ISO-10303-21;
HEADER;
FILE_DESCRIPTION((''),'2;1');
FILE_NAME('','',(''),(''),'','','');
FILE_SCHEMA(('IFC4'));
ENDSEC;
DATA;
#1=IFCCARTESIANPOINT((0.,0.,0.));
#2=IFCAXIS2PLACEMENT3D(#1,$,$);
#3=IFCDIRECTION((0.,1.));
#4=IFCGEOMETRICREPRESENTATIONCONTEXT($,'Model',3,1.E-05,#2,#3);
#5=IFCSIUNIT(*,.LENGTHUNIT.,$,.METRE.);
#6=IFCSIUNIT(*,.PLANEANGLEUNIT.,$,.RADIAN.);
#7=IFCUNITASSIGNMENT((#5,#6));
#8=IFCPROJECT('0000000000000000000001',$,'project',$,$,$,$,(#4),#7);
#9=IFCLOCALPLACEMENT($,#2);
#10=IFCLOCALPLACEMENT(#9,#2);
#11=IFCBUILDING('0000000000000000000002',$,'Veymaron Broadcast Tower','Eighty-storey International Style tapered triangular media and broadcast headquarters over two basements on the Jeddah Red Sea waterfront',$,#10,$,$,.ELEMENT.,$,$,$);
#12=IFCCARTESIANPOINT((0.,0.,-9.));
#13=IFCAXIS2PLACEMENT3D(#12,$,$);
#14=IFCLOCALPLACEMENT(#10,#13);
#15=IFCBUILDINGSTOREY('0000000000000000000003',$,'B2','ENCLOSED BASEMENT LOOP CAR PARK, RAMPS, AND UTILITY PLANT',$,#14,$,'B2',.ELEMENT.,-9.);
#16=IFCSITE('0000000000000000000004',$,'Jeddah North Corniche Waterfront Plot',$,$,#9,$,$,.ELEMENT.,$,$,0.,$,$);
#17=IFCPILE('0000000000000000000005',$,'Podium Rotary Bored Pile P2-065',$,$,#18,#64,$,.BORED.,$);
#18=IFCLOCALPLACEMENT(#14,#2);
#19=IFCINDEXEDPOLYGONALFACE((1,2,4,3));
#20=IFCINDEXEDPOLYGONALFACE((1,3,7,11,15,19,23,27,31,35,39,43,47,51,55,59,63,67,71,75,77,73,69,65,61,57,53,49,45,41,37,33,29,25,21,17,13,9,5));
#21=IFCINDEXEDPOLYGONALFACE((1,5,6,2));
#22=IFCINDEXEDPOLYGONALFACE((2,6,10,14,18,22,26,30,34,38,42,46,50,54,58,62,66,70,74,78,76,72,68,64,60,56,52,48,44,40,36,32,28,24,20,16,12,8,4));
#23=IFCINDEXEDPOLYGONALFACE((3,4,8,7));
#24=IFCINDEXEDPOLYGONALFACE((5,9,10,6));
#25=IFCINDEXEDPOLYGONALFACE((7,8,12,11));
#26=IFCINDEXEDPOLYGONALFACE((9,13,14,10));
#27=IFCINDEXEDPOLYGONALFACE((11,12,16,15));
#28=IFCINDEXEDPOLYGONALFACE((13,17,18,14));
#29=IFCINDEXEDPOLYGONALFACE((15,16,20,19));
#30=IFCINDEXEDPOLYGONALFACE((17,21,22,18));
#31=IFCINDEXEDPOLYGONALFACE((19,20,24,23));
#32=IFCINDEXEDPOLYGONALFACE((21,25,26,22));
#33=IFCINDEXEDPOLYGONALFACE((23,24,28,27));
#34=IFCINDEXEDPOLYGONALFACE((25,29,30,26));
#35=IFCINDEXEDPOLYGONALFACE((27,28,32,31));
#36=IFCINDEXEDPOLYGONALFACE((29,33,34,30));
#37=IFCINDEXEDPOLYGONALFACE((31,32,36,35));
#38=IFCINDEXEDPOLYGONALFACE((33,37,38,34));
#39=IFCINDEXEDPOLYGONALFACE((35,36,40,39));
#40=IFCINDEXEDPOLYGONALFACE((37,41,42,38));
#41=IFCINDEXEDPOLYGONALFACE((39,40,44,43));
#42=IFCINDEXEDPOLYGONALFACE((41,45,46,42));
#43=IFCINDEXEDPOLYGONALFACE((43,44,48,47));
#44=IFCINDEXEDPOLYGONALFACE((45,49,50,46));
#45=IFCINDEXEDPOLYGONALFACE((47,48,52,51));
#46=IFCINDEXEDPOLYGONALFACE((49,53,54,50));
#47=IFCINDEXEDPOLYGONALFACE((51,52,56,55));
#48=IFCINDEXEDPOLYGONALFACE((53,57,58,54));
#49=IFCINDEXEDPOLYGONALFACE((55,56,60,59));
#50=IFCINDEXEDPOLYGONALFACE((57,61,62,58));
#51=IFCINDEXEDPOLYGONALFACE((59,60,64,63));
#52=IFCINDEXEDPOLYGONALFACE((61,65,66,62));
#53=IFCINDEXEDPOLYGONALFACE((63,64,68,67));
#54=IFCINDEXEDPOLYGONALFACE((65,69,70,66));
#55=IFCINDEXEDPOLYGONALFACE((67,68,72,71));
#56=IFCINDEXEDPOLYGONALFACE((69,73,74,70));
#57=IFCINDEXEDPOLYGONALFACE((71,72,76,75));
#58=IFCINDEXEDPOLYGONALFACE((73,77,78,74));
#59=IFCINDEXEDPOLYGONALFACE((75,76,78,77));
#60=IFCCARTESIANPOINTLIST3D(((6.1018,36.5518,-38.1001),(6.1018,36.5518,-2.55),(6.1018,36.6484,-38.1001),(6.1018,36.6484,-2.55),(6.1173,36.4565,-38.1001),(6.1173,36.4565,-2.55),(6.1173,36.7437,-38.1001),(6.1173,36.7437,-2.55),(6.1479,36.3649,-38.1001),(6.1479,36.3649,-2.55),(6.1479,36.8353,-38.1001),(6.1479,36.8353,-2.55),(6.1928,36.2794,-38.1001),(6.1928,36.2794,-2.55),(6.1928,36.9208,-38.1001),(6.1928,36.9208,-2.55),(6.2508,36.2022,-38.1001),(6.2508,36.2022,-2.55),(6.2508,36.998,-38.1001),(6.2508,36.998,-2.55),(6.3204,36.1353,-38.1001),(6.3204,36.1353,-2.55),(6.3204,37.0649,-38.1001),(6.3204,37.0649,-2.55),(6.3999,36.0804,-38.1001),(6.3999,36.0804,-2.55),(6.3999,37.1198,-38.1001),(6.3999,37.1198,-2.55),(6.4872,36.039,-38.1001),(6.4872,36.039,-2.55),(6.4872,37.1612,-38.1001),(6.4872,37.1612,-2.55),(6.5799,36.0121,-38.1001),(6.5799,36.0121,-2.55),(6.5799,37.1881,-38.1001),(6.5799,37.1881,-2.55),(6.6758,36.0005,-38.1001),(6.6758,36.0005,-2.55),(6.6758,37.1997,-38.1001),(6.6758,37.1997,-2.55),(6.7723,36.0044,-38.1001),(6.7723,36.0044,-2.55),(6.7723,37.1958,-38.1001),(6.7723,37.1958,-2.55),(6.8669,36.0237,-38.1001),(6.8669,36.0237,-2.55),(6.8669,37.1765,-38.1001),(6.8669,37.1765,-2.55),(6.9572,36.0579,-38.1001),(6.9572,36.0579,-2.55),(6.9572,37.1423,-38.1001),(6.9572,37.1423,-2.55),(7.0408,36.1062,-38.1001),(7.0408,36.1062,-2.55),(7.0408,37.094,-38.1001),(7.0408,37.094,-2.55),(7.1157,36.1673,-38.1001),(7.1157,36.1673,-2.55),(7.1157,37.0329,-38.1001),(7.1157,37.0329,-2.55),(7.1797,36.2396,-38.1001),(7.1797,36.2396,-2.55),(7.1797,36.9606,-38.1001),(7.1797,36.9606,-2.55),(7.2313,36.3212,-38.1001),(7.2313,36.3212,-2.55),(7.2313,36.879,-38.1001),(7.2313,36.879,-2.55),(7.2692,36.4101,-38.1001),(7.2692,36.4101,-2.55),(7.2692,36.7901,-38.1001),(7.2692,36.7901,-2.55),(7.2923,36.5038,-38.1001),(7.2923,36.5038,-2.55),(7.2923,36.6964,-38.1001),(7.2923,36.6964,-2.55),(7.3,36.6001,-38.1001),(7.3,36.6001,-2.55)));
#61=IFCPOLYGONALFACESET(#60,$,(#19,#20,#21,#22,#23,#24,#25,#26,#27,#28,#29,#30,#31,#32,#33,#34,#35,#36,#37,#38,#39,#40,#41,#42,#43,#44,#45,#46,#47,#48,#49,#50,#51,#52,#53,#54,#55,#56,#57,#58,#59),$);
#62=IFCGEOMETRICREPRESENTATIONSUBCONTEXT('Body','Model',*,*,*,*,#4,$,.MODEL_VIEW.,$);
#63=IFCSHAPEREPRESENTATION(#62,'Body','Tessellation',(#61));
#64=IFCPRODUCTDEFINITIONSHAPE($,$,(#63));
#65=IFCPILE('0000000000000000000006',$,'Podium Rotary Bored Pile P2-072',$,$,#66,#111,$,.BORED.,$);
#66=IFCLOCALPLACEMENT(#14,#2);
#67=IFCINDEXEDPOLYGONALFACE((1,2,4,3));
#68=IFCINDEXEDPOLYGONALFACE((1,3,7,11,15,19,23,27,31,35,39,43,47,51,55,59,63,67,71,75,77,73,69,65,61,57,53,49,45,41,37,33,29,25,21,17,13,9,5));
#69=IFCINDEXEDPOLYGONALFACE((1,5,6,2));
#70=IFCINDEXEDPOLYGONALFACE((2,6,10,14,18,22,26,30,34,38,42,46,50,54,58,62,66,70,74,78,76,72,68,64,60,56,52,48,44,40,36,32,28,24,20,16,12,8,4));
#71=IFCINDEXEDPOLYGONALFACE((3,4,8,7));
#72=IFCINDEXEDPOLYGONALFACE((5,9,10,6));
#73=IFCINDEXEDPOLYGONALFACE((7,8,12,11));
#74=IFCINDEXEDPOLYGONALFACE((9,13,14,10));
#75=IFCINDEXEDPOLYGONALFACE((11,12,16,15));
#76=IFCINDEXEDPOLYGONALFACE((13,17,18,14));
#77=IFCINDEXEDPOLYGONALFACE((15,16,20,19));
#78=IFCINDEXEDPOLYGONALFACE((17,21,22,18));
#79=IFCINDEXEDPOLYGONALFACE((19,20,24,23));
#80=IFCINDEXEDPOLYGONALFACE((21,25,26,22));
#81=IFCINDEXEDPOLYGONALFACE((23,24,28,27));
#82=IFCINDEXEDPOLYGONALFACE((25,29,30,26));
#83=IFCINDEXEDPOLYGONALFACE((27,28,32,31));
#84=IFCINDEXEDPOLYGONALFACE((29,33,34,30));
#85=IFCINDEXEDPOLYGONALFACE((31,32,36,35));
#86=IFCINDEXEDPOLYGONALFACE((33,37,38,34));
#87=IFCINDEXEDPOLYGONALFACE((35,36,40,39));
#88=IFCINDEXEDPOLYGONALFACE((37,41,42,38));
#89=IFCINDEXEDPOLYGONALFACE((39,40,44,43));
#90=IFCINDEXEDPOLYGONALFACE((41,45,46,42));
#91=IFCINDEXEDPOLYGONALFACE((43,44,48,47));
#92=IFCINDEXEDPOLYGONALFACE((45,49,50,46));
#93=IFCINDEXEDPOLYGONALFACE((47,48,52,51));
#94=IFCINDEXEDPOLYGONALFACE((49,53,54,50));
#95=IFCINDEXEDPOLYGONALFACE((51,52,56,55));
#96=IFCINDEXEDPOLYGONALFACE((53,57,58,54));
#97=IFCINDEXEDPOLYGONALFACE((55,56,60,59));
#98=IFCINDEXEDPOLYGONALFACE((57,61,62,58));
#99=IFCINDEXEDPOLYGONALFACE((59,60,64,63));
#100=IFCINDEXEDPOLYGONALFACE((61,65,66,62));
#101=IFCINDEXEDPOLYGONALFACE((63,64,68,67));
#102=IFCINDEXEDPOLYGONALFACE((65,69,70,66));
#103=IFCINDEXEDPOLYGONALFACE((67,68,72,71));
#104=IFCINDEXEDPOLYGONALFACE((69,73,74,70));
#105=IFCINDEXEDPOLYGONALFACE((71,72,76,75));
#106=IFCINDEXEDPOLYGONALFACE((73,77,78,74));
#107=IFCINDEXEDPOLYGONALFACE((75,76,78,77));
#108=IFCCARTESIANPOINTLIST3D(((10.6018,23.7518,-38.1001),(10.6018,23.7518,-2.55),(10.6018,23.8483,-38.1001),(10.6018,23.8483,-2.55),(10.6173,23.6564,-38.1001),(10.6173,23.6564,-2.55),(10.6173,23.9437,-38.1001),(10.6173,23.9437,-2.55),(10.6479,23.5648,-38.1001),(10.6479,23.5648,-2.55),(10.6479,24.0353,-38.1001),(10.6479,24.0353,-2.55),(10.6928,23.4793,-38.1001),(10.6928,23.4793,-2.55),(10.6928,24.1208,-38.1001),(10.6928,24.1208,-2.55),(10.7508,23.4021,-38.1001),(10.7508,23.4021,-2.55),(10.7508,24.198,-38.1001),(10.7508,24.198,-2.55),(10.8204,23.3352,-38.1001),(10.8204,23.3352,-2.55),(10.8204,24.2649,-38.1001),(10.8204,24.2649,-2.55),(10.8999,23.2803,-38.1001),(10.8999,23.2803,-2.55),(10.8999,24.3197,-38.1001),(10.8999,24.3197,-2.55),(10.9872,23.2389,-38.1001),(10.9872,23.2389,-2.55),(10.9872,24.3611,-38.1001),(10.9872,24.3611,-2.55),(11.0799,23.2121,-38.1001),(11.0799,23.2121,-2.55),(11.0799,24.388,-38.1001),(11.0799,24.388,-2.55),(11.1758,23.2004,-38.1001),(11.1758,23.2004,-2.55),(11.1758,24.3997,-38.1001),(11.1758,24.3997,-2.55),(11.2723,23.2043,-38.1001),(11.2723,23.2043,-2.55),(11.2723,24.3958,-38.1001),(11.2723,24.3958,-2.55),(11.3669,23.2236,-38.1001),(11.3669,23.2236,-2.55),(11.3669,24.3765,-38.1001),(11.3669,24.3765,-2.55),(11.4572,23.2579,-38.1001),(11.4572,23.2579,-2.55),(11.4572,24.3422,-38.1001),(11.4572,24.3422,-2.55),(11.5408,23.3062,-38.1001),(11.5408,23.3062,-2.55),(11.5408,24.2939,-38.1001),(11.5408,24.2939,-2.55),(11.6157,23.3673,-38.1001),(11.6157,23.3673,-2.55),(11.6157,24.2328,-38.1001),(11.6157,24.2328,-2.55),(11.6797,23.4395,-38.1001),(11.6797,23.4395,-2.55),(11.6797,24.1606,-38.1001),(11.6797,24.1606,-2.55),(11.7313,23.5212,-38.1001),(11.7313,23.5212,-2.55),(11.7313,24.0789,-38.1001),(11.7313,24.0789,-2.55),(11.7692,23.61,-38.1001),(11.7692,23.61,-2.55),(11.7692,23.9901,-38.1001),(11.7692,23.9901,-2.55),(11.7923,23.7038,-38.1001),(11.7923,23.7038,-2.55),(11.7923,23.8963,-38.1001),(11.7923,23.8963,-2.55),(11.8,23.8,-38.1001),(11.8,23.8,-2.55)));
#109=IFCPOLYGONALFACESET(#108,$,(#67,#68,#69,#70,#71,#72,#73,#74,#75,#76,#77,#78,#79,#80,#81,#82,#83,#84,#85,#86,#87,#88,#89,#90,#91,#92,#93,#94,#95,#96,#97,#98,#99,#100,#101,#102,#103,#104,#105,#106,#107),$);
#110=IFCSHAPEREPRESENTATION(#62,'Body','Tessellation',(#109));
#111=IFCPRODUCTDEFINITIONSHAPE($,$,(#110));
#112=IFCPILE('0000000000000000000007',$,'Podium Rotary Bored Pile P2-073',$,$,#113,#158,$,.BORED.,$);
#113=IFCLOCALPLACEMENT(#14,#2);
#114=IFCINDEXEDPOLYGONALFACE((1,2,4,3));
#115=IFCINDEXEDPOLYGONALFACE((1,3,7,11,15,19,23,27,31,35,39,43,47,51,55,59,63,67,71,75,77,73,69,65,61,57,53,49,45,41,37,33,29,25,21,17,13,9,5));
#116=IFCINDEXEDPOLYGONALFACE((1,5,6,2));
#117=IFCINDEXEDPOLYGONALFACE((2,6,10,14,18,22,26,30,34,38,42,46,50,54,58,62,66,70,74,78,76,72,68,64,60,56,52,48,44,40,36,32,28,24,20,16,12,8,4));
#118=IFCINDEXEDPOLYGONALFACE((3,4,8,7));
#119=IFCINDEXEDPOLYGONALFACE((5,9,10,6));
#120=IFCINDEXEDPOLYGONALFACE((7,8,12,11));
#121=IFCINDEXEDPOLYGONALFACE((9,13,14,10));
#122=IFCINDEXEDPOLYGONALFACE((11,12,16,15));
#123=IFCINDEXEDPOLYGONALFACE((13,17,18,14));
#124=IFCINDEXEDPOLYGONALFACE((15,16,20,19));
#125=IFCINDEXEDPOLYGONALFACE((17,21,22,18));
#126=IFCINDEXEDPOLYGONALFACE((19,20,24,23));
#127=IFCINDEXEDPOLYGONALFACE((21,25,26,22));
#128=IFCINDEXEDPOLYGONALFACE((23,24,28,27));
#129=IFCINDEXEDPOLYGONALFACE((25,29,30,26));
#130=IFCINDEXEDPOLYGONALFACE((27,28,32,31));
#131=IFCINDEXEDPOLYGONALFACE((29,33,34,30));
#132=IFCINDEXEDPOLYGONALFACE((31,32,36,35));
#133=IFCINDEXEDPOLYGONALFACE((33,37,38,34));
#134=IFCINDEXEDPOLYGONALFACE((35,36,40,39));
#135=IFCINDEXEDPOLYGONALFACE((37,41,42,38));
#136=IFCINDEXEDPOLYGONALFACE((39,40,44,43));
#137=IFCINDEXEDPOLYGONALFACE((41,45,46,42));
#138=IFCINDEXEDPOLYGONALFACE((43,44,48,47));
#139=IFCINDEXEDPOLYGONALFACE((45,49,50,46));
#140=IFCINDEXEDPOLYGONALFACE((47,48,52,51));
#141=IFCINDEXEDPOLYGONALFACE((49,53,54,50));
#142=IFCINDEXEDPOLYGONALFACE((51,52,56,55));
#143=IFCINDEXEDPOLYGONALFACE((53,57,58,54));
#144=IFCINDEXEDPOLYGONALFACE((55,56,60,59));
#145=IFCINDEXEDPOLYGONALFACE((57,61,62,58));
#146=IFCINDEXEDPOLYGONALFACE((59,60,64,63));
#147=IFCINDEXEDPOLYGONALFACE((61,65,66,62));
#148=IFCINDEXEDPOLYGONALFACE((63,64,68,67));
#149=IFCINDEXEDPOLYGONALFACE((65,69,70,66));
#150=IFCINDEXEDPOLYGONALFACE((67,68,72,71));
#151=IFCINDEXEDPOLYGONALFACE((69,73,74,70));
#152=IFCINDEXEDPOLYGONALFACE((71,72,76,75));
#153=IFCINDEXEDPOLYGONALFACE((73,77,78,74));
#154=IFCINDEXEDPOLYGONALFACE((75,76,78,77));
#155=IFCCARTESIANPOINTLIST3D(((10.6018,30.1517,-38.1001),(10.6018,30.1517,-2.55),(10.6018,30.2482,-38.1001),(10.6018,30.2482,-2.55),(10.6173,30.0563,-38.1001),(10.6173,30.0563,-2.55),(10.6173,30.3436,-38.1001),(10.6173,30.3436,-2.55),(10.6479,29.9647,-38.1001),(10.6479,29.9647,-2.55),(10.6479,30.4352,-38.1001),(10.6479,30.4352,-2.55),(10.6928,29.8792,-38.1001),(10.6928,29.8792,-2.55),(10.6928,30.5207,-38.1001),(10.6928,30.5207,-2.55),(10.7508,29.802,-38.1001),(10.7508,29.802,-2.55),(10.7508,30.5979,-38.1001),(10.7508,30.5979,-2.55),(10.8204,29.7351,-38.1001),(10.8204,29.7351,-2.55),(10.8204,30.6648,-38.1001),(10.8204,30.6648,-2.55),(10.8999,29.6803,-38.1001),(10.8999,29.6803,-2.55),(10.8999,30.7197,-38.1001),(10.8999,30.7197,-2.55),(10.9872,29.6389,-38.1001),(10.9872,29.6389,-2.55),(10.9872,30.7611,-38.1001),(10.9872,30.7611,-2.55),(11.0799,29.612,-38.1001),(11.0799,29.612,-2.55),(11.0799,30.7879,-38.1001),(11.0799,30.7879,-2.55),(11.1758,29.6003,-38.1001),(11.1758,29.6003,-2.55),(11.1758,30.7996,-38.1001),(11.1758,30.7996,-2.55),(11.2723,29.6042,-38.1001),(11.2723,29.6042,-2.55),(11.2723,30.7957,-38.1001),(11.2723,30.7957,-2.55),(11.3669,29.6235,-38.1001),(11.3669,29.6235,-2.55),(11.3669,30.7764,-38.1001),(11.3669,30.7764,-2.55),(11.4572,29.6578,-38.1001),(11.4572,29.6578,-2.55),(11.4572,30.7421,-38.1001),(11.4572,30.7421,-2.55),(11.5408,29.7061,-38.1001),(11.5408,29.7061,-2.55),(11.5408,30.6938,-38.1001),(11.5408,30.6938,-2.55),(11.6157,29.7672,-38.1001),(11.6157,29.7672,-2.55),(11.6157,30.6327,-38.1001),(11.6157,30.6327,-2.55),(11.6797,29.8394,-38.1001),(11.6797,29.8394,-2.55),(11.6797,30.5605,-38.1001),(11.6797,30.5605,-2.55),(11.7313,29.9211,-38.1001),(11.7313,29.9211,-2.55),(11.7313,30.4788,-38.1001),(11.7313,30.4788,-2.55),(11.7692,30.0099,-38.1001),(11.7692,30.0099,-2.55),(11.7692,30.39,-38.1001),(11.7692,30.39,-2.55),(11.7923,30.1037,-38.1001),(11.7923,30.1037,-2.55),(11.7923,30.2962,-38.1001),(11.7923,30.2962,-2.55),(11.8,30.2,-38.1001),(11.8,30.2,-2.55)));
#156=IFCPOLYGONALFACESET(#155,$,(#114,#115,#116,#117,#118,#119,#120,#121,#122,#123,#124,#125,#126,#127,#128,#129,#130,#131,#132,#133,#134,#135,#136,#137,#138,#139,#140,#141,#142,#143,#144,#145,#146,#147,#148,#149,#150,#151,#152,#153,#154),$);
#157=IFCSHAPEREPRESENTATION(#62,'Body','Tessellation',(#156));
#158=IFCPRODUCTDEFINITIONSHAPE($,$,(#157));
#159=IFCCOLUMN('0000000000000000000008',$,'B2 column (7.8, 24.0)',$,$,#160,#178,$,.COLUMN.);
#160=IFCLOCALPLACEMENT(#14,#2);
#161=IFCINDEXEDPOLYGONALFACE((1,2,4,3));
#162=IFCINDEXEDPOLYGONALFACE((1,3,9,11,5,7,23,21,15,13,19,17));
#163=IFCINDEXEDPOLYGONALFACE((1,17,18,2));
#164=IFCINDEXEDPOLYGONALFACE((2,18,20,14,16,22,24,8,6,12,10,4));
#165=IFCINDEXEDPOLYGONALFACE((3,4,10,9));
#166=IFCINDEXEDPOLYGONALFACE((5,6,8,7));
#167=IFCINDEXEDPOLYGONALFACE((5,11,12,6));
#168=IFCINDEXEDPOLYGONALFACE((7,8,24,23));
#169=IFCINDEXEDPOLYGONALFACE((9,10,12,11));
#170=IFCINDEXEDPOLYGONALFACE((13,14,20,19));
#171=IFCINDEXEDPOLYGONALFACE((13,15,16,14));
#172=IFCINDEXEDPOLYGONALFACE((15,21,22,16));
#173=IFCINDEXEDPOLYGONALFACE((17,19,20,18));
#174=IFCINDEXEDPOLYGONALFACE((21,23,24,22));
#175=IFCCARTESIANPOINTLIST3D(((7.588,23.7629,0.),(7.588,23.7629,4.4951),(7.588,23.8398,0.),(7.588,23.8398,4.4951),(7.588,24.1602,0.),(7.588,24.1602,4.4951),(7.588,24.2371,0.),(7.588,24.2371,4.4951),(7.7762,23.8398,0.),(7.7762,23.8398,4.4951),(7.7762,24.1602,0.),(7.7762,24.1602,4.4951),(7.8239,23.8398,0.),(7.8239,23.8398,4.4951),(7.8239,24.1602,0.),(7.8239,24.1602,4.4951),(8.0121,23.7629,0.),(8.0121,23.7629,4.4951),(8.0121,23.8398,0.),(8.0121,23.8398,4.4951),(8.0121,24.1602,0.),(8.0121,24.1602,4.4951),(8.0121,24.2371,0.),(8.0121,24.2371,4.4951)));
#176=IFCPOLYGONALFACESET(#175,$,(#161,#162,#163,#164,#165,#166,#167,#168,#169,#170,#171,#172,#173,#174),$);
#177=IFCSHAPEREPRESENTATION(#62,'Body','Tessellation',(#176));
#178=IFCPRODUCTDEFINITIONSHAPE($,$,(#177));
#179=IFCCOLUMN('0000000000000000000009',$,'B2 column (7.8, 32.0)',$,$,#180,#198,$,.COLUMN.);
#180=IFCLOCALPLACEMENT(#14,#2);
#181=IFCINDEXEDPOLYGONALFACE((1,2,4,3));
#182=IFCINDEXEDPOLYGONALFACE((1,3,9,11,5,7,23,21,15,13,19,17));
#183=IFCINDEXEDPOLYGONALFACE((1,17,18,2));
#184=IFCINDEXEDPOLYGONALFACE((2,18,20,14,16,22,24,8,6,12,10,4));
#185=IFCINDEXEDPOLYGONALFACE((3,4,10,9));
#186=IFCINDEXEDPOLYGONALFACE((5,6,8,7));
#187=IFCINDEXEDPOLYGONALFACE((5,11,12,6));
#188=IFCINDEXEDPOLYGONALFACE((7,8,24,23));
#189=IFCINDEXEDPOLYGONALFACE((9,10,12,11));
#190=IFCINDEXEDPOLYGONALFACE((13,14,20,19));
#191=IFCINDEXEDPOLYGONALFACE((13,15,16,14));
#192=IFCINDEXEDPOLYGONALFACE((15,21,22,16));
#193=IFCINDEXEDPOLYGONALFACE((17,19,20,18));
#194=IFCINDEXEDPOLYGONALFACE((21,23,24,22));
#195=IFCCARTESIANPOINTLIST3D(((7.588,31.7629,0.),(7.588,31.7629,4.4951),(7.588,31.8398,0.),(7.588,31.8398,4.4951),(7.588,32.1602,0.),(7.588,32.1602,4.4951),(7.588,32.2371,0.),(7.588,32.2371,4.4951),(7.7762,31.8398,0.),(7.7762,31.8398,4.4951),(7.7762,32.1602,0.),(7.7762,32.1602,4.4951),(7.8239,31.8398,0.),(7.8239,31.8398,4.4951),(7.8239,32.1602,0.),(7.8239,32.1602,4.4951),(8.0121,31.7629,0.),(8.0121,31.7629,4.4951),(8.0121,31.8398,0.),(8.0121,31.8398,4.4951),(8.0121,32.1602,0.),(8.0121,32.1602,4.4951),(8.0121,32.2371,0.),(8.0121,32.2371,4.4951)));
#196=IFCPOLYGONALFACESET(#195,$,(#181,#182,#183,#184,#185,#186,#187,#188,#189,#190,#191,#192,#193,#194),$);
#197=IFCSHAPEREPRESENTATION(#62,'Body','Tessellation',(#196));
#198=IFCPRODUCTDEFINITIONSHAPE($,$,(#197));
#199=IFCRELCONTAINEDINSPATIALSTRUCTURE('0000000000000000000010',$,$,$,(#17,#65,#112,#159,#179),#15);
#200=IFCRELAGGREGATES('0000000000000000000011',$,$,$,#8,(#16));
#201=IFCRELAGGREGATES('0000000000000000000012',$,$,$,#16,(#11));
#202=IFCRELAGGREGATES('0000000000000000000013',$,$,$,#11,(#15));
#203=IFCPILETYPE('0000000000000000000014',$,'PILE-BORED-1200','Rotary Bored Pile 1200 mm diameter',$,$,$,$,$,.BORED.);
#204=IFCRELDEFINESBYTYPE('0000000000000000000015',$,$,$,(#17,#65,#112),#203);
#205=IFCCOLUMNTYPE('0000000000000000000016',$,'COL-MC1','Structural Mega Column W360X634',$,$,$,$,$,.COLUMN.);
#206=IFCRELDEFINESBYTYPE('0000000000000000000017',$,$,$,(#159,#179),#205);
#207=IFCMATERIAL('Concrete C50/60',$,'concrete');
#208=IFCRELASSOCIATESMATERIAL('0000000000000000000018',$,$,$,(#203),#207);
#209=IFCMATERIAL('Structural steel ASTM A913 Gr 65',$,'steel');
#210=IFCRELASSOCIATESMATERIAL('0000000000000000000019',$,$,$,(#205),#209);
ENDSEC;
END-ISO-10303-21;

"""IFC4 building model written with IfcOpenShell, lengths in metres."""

from ifc_helpers import new_model, si_unit, direction, frame, origin, origin_2d, place, context, subcontext, project, spatial, circle, i_section, extrude, material, material_profile, profile_set, type_object, element, save


model = new_model("IFC4")

# Units and contexts
model_context = context("Model", 3, precision=1e-05, world=origin(), true_north=direction((0.0, 1.0)))
body_context = subcontext(model_context, "Body", "Model", "MODEL_VIEW")
ifc_project = project(units=[si_unit("LENGTHUNIT", "METRE"), si_unit("PLANEANGLEUNIT", "RADIAN")], contexts=[model_context])

# Site, building, storey
site_placement = place(None, origin())
site = spatial("IfcSite", under=ifc_project, at=site_placement, Name="Jeddah North Corniche Waterfront Plot", CompositionType="ELEMENT", RefElevation=0.0)
building_placement = place(site_placement, origin())
building = spatial("IfcBuilding", under=site, at=building_placement, Name="Veymaron Broadcast Tower", Description="Eighty-storey International Style tapered triangular media and broadcast headquarters over two basements on the Jeddah Red Sea waterfront", CompositionType="ELEMENT")
storey_placement = place(building_placement, frame((0.0, 0.0, -9.0)))
storey = spatial("IfcBuildingStorey", under=building, at=storey_placement, Name="B2", Description="ENCLOSED BASEMENT LOOP CAR PARK, RAMPS, AND UTILITY PLANT", LongName="B2", CompositionType="ELEMENT", Elevation=-9.0)

# Piles
ifc_material_1 = material(Name="Concrete C50/60", Category="concrete")
ifc_material_profile_1 = material_profile(ifc_material_1, circle(Radius=0.6001, at=origin_2d()), Name="PILE1200")
ifc_profile_set_1 = profile_set([ifc_material_profile_1], Name="Concrete C50/60")
pile_type = type_object("IfcPileType", Name="PILE-BORED-1200", Description="Rotary Bored Pile 1200 mm diameter", PredefinedType="BORED", material=ifc_profile_set_1)
for number, where, z_axis, x_axis, name in (
    (1, (6.7, 36.6001, -2.55), (0.0, 0.0, -1.0), (1.0, 0.0, 0.0), "Podium Rotary Bored Pile P2-065"),
    (2, (11.2, 23.8, -2.55), (0.0, 0.0, -1.0), (1.0, 0.0, 0.0), "Podium Rotary Bored Pile P2-072"),
    (3, (11.2, 30.2, -2.55), (0.0, 0.0, -1.0), (1.0, 0.0, 0.0), "Podium Rotary Bored Pile P2-073"),
):
    element("IfcPile", number, at=place(storey_placement, frame(where, z_axis=z_axis, x_axis=x_axis)), inside=storey, type_object=pile_type, Name=name, PredefinedType="BORED", context=body_context, shape_type="SweptSolid", body=[
        extrude(circle(Radius=0.6001, at=origin_2d()), origin(), (0.0, 0.0, 1.0), 35.55),
    ])

# Columns
ifc_material_2 = material(Name="Structural steel ASTM A913 Gr 65", Category="steel")
ifc_material_profile_2 = material_profile(ifc_material_2, i_section(OverallWidth=0.4241, OverallDepth=0.4741, WebThickness=0.0476, FlangeThickness=0.0769, at=origin_2d()), Name="W360X634")
ifc_profile_set_2 = profile_set([ifc_material_profile_2], Name="Structural steel ASTM A913 Gr 65")
column_type_1 = type_object("IfcColumnType", Name="COL-MC1", Description="Structural Mega Column W360X634", PredefinedType="COLUMN", material=ifc_profile_set_2)
for number, where, z_axis, x_axis, name in (
    (4, (7.8, 24.0, 0.0), (0.0, 0.0, 1.0), (1.0, 0.0, 0.0), "B2 column (7.8, 24.0)"),
    (5, (7.8, 32.0, 0.0), (0.0, 0.0, 1.0), (1.0, 0.0, 0.0), "B2 column (7.8, 32.0)"),
):
    element("IfcColumn", number, at=place(storey_placement, frame(where, z_axis=z_axis, x_axis=x_axis)), inside=storey, type_object=column_type_1, Name=name, PredefinedType="COLUMN", context=body_context, shape_type="SweptSolid", body=[
        extrude(i_section(OverallWidth=0.4241, OverallDepth=0.4741, WebThickness=0.0476, FlangeThickness=0.0769, at=origin_2d()), origin(), (0.0, 0.0, 1.0), 4.4951),
    ])

save(model, "model.ifc")
